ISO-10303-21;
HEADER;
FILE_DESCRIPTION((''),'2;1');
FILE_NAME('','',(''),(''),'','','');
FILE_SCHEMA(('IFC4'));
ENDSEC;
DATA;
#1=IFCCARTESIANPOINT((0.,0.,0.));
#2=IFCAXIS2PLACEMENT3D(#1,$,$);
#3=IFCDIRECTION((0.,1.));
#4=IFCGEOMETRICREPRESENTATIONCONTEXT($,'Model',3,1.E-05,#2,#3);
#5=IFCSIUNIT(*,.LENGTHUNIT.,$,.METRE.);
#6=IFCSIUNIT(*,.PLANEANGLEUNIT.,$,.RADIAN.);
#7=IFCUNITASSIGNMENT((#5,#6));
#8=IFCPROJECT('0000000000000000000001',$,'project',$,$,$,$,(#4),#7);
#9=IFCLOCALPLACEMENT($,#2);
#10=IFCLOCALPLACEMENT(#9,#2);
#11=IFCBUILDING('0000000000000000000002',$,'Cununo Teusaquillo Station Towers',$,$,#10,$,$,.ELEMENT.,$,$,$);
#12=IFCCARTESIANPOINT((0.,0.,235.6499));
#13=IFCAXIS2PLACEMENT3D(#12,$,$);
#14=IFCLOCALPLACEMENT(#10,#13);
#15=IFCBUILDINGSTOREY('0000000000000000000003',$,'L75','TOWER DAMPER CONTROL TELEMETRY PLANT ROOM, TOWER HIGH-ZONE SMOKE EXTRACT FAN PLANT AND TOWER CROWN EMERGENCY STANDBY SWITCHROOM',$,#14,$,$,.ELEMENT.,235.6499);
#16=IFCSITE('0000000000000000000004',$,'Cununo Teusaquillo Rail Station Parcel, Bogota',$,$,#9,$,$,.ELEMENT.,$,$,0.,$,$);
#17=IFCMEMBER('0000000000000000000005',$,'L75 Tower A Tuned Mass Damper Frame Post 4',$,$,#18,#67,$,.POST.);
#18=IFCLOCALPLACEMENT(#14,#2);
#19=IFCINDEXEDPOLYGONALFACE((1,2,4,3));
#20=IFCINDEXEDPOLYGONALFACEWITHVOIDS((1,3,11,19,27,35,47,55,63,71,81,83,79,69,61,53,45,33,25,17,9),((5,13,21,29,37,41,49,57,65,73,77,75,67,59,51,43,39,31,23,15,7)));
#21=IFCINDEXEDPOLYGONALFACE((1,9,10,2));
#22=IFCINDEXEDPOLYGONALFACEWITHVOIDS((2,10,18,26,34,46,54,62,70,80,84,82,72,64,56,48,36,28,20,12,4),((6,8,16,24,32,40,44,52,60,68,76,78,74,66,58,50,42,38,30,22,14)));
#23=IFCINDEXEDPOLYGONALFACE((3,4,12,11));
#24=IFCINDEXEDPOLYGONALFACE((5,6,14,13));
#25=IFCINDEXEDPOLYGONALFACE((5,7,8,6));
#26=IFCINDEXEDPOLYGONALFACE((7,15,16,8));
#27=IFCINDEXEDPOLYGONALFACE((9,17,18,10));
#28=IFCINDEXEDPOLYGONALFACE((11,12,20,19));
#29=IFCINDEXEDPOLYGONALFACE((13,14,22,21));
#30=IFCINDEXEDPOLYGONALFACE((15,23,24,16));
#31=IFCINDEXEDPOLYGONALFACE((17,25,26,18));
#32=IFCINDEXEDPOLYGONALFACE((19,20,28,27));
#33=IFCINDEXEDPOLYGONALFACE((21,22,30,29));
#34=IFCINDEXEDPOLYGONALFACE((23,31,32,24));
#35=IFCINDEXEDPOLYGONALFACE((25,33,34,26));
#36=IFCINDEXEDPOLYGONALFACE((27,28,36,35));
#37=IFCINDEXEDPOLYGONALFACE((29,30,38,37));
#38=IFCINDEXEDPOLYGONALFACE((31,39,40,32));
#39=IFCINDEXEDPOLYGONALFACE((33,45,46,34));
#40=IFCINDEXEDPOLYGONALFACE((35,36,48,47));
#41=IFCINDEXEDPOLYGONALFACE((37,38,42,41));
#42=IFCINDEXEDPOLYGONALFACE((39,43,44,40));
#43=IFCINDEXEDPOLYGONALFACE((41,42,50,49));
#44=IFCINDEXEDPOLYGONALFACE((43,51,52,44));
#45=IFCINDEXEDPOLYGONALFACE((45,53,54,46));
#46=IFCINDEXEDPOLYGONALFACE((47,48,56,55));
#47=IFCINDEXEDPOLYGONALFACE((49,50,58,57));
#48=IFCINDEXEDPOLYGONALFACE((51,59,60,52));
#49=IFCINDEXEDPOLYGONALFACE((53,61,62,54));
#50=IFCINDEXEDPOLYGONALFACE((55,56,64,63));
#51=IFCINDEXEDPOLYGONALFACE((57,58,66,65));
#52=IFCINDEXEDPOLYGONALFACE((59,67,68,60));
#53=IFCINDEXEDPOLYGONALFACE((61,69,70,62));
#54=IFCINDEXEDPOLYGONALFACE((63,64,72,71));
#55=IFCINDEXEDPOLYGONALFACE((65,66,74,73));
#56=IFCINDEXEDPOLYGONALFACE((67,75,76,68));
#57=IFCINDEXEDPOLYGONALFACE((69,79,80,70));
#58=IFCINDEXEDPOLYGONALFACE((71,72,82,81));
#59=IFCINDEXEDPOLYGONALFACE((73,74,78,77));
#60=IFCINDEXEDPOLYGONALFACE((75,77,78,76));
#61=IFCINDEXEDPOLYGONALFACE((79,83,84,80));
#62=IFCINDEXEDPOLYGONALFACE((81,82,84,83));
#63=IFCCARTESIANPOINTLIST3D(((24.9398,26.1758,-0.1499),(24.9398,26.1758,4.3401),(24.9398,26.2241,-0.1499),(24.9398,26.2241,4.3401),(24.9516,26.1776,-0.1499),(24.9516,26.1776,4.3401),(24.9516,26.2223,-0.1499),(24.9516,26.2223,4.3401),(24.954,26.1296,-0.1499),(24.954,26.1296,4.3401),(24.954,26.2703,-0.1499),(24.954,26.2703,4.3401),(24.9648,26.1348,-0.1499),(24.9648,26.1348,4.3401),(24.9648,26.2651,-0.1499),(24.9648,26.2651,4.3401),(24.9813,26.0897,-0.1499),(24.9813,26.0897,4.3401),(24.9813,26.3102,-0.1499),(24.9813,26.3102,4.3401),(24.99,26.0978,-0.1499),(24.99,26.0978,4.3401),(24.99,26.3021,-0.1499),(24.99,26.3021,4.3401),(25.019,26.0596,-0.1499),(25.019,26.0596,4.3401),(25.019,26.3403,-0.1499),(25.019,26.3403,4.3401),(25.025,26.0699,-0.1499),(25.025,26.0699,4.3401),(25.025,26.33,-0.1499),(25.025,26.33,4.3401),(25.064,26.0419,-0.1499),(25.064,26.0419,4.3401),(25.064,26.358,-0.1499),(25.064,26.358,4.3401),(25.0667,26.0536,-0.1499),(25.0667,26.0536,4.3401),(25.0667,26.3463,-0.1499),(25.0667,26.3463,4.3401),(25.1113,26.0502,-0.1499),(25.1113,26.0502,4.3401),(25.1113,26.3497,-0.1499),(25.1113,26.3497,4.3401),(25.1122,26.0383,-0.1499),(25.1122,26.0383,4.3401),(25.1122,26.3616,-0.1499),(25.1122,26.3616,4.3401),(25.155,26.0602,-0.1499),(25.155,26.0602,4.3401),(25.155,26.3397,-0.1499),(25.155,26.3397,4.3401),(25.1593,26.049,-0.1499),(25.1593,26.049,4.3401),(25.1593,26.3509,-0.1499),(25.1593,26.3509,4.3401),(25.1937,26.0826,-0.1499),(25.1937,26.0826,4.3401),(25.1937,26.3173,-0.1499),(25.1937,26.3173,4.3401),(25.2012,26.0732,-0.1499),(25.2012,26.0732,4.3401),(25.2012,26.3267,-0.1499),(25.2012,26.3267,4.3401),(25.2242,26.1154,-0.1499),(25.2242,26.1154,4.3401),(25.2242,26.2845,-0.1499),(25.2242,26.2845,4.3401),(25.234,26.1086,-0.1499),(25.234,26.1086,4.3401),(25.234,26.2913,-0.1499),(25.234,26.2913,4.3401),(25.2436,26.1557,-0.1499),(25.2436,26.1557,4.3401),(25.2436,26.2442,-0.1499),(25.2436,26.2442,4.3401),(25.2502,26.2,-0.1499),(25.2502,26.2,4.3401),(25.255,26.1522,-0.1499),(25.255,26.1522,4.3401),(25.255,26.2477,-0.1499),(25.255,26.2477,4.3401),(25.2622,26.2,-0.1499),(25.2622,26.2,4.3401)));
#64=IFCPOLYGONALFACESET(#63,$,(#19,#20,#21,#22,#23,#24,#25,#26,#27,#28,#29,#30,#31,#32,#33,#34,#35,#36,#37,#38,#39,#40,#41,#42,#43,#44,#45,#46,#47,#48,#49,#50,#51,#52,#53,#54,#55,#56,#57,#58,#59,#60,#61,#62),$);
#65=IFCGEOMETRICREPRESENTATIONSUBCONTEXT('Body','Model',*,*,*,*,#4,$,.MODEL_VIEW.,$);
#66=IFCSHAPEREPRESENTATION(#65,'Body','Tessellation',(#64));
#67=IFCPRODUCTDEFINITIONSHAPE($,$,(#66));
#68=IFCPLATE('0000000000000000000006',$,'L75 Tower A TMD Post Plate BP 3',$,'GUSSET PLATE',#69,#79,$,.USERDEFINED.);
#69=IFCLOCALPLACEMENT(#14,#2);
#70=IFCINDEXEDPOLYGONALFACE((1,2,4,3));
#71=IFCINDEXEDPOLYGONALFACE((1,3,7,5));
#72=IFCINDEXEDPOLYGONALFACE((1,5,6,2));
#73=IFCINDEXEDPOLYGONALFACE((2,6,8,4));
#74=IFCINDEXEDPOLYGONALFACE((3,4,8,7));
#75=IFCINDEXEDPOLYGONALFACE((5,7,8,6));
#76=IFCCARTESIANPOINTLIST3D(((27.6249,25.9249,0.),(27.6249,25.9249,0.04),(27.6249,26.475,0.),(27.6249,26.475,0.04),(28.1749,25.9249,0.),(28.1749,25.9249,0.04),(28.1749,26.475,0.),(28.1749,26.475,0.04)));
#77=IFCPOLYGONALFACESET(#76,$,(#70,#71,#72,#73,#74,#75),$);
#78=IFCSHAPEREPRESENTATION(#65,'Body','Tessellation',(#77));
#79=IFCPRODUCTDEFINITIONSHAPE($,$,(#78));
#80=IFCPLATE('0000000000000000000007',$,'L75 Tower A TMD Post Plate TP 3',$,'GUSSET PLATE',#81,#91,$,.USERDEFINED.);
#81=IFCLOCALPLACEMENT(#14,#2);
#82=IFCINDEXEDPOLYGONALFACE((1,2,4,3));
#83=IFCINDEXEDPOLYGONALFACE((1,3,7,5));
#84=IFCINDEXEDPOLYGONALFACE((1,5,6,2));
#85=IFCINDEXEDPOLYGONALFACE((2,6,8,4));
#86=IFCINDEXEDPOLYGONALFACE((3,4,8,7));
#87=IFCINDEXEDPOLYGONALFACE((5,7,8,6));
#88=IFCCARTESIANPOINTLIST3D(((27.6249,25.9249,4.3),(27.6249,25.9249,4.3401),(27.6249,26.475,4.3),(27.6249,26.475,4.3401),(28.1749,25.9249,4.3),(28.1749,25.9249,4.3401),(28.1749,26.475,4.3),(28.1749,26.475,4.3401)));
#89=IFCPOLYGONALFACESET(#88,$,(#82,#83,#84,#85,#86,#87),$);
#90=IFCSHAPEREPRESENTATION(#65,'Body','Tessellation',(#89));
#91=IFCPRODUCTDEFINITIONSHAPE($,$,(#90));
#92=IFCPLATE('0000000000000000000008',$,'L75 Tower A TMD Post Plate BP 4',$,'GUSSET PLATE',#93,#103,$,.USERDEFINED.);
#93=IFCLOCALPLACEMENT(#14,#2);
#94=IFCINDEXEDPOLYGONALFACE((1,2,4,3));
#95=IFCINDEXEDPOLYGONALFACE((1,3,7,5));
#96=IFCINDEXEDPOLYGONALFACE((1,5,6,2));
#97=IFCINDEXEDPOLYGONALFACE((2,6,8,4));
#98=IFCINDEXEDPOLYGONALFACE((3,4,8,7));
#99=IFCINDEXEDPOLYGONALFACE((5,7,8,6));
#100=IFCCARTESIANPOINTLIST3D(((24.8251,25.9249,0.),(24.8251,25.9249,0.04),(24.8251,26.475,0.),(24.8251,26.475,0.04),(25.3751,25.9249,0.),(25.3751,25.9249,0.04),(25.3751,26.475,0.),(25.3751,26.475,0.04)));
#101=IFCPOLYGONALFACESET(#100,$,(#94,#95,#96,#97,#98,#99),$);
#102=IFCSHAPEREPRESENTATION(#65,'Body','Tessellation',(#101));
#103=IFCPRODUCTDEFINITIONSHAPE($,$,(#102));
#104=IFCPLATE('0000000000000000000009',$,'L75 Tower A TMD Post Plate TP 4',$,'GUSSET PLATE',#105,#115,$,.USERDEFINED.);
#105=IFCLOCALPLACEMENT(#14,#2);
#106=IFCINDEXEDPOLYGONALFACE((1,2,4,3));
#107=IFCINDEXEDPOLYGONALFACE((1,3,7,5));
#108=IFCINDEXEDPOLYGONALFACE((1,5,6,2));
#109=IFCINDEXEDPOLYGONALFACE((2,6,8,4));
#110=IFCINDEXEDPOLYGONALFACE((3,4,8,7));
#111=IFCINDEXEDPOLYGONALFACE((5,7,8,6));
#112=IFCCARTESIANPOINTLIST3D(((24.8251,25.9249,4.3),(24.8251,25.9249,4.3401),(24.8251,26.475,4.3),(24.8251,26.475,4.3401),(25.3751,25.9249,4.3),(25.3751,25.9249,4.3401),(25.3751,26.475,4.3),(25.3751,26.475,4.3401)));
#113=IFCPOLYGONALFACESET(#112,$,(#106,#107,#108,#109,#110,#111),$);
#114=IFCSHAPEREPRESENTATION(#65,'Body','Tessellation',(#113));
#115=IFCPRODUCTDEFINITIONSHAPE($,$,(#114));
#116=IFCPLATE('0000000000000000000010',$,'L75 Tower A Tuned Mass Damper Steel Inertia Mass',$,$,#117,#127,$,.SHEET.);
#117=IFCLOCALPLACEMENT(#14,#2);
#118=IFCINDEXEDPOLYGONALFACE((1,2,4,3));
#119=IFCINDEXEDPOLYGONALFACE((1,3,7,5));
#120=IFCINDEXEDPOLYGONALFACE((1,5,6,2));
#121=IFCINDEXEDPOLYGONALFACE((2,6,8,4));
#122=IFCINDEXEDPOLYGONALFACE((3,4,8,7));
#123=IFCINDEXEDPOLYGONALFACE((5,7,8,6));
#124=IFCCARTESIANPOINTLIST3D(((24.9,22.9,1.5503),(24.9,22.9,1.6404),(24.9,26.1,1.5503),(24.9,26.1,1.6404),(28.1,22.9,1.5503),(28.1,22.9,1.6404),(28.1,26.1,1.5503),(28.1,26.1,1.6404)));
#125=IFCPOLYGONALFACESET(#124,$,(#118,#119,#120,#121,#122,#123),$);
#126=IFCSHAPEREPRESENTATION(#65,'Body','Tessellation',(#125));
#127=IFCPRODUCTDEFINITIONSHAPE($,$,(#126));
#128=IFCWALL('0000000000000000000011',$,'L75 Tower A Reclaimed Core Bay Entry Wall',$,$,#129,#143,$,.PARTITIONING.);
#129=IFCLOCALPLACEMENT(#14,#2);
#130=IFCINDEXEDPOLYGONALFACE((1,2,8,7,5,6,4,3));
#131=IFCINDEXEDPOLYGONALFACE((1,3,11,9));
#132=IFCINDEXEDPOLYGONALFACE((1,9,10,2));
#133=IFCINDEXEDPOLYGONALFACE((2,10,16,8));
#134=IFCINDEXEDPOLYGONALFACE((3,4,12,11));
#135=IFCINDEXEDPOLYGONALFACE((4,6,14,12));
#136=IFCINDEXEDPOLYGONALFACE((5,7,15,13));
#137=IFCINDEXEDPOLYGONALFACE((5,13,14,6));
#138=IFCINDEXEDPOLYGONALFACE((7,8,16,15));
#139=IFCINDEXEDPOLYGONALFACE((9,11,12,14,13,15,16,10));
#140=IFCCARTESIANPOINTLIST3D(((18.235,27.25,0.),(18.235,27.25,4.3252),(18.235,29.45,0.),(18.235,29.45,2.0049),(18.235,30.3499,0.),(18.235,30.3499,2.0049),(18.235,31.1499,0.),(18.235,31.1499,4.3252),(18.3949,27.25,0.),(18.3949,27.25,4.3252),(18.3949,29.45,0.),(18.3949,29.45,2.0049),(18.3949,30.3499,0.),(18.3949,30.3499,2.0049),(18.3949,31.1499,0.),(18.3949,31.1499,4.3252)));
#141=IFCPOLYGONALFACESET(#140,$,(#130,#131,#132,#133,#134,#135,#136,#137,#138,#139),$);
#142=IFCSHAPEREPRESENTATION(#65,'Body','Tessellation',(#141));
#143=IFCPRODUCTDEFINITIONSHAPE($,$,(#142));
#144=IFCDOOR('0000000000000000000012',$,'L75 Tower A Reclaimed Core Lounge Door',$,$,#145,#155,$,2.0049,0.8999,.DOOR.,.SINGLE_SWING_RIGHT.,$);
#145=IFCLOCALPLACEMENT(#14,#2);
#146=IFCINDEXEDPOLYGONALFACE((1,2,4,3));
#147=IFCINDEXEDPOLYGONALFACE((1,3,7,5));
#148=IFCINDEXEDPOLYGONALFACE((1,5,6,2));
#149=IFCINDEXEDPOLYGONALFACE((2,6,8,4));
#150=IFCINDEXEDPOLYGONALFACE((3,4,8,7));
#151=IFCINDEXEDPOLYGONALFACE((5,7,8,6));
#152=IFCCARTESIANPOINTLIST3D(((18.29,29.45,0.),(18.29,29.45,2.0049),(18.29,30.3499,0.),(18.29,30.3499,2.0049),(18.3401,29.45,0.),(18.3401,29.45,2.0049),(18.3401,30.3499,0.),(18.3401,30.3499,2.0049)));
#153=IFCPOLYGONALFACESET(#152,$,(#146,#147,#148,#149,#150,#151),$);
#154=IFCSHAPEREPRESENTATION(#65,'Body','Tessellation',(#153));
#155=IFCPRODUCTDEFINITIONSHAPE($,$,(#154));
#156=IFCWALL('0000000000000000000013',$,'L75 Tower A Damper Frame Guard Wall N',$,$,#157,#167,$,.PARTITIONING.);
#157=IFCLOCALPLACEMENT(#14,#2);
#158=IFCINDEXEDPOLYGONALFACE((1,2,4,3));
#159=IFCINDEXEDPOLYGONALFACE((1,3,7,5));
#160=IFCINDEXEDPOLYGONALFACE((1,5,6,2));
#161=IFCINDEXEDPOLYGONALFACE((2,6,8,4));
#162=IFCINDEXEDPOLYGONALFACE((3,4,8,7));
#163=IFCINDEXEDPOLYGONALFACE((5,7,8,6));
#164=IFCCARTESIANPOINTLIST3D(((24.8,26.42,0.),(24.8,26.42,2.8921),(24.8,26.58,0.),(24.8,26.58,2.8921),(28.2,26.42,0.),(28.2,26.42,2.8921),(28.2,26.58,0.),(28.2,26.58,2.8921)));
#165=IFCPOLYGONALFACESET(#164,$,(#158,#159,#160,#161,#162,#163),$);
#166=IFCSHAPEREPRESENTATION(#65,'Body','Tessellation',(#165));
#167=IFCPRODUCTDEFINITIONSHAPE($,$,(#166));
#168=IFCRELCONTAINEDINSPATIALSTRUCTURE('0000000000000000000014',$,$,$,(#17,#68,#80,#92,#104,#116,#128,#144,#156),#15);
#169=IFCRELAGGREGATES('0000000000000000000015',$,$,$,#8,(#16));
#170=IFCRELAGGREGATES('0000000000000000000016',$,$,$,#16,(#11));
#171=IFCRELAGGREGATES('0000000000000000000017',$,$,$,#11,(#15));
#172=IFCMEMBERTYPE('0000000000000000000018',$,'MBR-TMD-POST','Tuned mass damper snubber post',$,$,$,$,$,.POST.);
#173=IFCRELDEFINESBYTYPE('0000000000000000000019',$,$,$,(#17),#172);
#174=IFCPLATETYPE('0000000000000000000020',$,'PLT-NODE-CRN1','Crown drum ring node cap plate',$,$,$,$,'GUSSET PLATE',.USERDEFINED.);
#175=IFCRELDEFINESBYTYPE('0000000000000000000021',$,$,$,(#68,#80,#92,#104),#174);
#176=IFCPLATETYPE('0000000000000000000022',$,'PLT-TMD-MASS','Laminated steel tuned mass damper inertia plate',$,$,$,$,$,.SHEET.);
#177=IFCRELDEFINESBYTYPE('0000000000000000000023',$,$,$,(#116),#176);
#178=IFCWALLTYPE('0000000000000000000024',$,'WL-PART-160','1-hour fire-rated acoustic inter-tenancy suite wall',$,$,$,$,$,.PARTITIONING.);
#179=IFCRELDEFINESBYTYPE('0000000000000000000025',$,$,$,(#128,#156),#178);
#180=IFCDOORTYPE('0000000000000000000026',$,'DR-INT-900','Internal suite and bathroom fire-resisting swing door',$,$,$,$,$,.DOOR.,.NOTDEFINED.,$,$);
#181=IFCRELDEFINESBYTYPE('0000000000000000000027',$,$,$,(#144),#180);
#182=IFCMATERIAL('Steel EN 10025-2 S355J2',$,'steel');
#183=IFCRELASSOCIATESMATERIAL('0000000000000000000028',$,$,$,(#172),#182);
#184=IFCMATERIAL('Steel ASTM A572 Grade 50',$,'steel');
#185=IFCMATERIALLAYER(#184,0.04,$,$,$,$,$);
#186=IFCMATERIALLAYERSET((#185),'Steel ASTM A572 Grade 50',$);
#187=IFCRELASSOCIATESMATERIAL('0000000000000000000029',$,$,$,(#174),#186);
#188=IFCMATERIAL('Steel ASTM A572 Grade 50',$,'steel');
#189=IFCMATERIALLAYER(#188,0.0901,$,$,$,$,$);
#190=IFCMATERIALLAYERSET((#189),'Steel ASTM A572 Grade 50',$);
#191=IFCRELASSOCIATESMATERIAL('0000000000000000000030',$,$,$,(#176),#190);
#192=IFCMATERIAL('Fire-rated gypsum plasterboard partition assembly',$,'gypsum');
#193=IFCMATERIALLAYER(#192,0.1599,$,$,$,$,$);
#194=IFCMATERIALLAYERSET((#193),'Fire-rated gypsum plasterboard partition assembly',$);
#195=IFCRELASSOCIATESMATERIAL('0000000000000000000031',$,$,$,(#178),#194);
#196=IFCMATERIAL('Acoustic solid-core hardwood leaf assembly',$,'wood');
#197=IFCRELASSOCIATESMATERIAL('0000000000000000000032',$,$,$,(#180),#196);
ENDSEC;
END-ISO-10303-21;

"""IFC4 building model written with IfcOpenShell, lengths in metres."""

from ifc_helpers import new_model, si_unit, direction, frame, frame_2d, origin, origin_2d, place, context, subcontext, project, spatial, rectangle, hollow_circle, extrude, source, transform, mapped, material, layer, layer_set, material_profile, profile_set, type_object, element, fill, save


model = new_model("IFC4")

# Units and contexts
model_context = context("Model", 3, precision=1e-05, world=origin(), true_north=direction((0.0, 1.0)))
body_context = subcontext(model_context, "Body", "Model", "MODEL_VIEW")
ifc_project = project(units=[si_unit("LENGTHUNIT", "METRE"), si_unit("PLANEANGLEUNIT", "RADIAN")], contexts=[model_context])

# Site, building, storey
site_placement = place(None, origin())
site = spatial("IfcSite", under=ifc_project, at=site_placement, Name="Cununo Teusaquillo Rail Station Parcel, Bogota", CompositionType="ELEMENT", RefElevation=0.0)
building_placement = place(site_placement, origin())
building = spatial("IfcBuilding", under=site, at=building_placement, Name="Cununo Teusaquillo Station Towers", CompositionType="ELEMENT")
storey_placement = place(building_placement, frame((0.0, 0.0, 235.6499)))
storey = spatial("IfcBuildingStorey", under=building, at=storey_placement, Name="L75", Description="TOWER DAMPER CONTROL TELEMETRY PLANT ROOM, TOWER HIGH-ZONE SMOKE EXTRACT FAN PLANT AND TOWER CROWN EMERGENCY STANDBY SWITCHROOM", CompositionType="ELEMENT", Elevation=235.6499)

# Member
ifc_material_1 = material(Name="Steel EN 10025-2 S355J2", Category="steel")
ifc_material_profile_1 = material_profile(ifc_material_1, hollow_circle(Radius=0.1621, WallThickness=0.012, at=origin_2d()), Name="CHS 324x12")
ifc_profile_set_1 = profile_set([ifc_material_profile_1], Name="Steel EN 10025-2 S355J2")
member_type = type_object("IfcMemberType", Name="MBR-TMD-POST", Description="Tuned mass damper snubber post", PredefinedType="POST", material=ifc_profile_set_1)
for number, where, z_axis, x_axis, name in (
    (1, (25.1001, 26.2, -0.1499), (0.0, 0.0, 1.0), (1.0, 0.0, 0.0), "L75 Tower A Tuned Mass Damper Frame Post 4"),
):
    element("IfcMember", number, at=place(storey_placement, frame(where, z_axis=z_axis, x_axis=x_axis)), inside=storey, type_object=member_type, Name=name, PredefinedType="POST", context=body_context, shape_type="SweptSolid", body=[
        extrude(hollow_circle(Radius=0.1621, WallThickness=0.012, at=origin_2d()), origin(), (0.0, 0.0, 1.0), 4.49),
    ])

# Plates
ifc_material_2 = material(Name="Steel ASTM A572 Grade 50", Category="steel")
ifc_layer_1 = layer(ifc_material_2, 0.04)
ifc_layer_set_1 = layer_set([ifc_layer_1], Name="Steel ASTM A572 Grade 50")
plate_type_1 = type_object("IfcPlateType", Name="PLT-NODE-CRN1", Description="Crown drum ring node cap plate", ElementType="GUSSET PLATE", PredefinedType="USERDEFINED", material=ifc_layer_set_1)
shared_shape_1 = source(origin(), body_context, "Body", "SweptSolid", [
    extrude(rectangle(XDim=0.55, YDim=0.55, at=origin_2d()), origin(), (0.0, 0.0, 1.0), 0.04),
])
for number, where, z_axis, x_axis, name in (
    (2, (27.8999, 26.2, 0.0), (0.0, 0.0, 1.0), (1.0, 0.0, 0.0), "L75 Tower A TMD Post Plate BP 3"),
    (3, (27.8999, 26.2, 4.3), (0.0, 0.0, 1.0), (1.0, 0.0, 0.0), "L75 Tower A TMD Post Plate TP 3"),
    (4, (25.1001, 26.2, 0.0), (0.0, 0.0, 1.0), (1.0, 0.0, 0.0), "L75 Tower A TMD Post Plate BP 4"),
    (5, (25.1001, 26.2, 4.3), (0.0, 0.0, 1.0), (1.0, 0.0, 0.0), "L75 Tower A TMD Post Plate TP 4"),
):
    element("IfcPlate", number, at=place(storey_placement, frame(where, z_axis=z_axis, x_axis=x_axis)), inside=storey, type_object=plate_type_1, Name=name, ObjectType="GUSSET PLATE", PredefinedType="USERDEFINED", context=body_context, shape_type="MappedRepresentation", body=[
        mapped(shared_shape_1, transform((0.0, 0.0, 0.0), x_axis=(1.0, 0.0, 0.0), y_axis=(0.0, 1.0, 0.0), z_axis=(0.0, 0.0, 1.0), scale=1.0)),
    ])
ifc_material_3 = material(Name="Steel ASTM A572 Grade 50", Category="steel")
ifc_layer_2 = layer(ifc_material_3, 0.0901)
ifc_layer_set_2 = layer_set([ifc_layer_2], Name="Steel ASTM A572 Grade 50")
plate_type_2 = type_object("IfcPlateType", Name="PLT-TMD-MASS", Description="Laminated steel tuned mass damper inertia plate", PredefinedType="SHEET", material=ifc_layer_set_2)
shared_shape_2 = source(origin(), body_context, "Body", "SweptSolid", [
    extrude(rectangle(XDim=3.2, YDim=3.2, at=origin_2d()), origin(), (0.0, 0.0, 1.0), 0.0901),
])
plate_placement = place(storey_placement, frame((26.5, 24.5, 1.5503), z_axis=(0.0, 0.0, 1.0), x_axis=(1.0, 0.0, 0.0)))
element("IfcPlate", 6, at=plate_placement, inside=storey, type_object=plate_type_2, Name="L75 Tower A Tuned Mass Damper Steel Inertia Mass", PredefinedType="SHEET", context=body_context, shape_type="MappedRepresentation", body=[
    mapped(shared_shape_2, transform((0.0, 0.0, 0.0), x_axis=(1.0, 0.0, 0.0), y_axis=(0.0, 1.0, 0.0), z_axis=(0.0, 0.0, 1.0), scale=1.0)),
])

# Wall, opening, door
ifc_material_4 = material(Name="Fire-rated gypsum plasterboard partition assembly", Category="gypsum")
ifc_layer_3 = layer(ifc_material_4, 0.1599)
ifc_layer_set_3 = layer_set([ifc_layer_3], Name="Fire-rated gypsum plasterboard partition assembly")
wall_type_1 = type_object("IfcWallType", Name="WL-PART-160", Description="1-hour fire-rated acoustic inter-tenancy suite wall", PredefinedType="PARTITIONING", material=ifc_layer_set_3)
wall_1_placement = place(storey_placement, frame((18.3149, 27.25, 0.0), z_axis=(0.0, 0.0, 1.0), x_axis=(0.0, 1.0, 0.0)))
wall_1 = element("IfcWall", 7, at=wall_1_placement, inside=storey, type_object=wall_type_1, Name="L75 Tower A Reclaimed Core Bay Entry Wall", PredefinedType="PARTITIONING", context=body_context, shape_type="SweptSolid", body=[
    extrude(rectangle(XDim=3.8999, YDim=0.1599, at=frame_2d((1.95, 0.0))), origin(), (0.0, 0.0, 1.0), 4.3252),
])
shared_shape_3 = source(origin(), body_context, "Body", "SweptSolid", [
    extrude(rectangle(XDim=0.8999, YDim=2.0049, at=frame_2d((0.45, 1.0024))), frame((0.0, 0.0898, 0.0), z_axis=(0.0, -1.0, 0.0), x_axis=(1.0, 0.0, 0.0)), (0.0, 0.0, 1.0), 0.1799),
])
opening_1_placement = place(wall_1_placement, frame((2.2, 0.0, 0.0)))
opening_1 = element("IfcOpeningElement", 8, at=opening_1_placement, cuts=wall_1, PredefinedType="OPENING", context=body_context, shape_type="MappedRepresentation", body=[
    mapped(shared_shape_3, transform((0.0, 0.0, 0.0), x_axis=(1.0, 0.0, 0.0), y_axis=(0.0, 1.0, 0.0), z_axis=(0.0, 0.0, 1.0), scale=1.0)),
])
ifc_material_5 = material(Name="Acoustic solid-core hardwood leaf assembly", Category="wood")
door_type_1 = type_object("IfcDoorType", Name="DR-INT-900", Description="Internal suite and bathroom fire-resisting swing door", OperationType="NOTDEFINED", PredefinedType="DOOR", material=ifc_material_5)
shared_shape_4 = source(origin(), body_context, "Body", "SweptSolid", [
    extrude(rectangle(XDim=0.8999, YDim=2.0049, at=frame_2d((0.45, 1.0024))), frame((0.0, 0.0249, 0.0), z_axis=(0.0, -1.0, 0.0), x_axis=(1.0, 0.0, 0.0)), (0.0, 0.0, 1.0), 0.05),
])
door_1_placement = place(opening_1_placement, origin())
door_1 = element("IfcDoor", 9, at=door_1_placement, inside=storey, type_object=door_type_1, Name="L75 Tower A Reclaimed Core Lounge Door", OperationType="SINGLE_SWING_RIGHT", OverallHeight=2.0049, OverallWidth=0.8999, PredefinedType="DOOR", context=body_context, shape_type="MappedRepresentation", body=[
    mapped(shared_shape_4, transform((0.0, 0.0, 0.0), x_axis=(1.0, 0.0, 0.0), y_axis=(0.0, 1.0, 0.0), z_axis=(0.0, 0.0, 1.0), scale=1.0)),
])
fill(opening_1, door_1)

# Wall
wall_2_placement = place(storey_placement, frame((24.8, 26.5, 0.0), z_axis=(0.0, 0.0, 1.0), x_axis=(1.0, 0.0, 0.0)))
element("IfcWall", 10, at=wall_2_placement, inside=storey, type_object=wall_type_1, Name="L75 Tower A Damper Frame Guard Wall N", PredefinedType="PARTITIONING", context=body_context, shape_type="SweptSolid", body=[
    extrude(rectangle(XDim=3.3999, YDim=0.1599, at=frame_2d((1.7, 0.0))), origin(), (0.0, 0.0, 1.0), 2.8921),
])

save(model, "model.ifc")
